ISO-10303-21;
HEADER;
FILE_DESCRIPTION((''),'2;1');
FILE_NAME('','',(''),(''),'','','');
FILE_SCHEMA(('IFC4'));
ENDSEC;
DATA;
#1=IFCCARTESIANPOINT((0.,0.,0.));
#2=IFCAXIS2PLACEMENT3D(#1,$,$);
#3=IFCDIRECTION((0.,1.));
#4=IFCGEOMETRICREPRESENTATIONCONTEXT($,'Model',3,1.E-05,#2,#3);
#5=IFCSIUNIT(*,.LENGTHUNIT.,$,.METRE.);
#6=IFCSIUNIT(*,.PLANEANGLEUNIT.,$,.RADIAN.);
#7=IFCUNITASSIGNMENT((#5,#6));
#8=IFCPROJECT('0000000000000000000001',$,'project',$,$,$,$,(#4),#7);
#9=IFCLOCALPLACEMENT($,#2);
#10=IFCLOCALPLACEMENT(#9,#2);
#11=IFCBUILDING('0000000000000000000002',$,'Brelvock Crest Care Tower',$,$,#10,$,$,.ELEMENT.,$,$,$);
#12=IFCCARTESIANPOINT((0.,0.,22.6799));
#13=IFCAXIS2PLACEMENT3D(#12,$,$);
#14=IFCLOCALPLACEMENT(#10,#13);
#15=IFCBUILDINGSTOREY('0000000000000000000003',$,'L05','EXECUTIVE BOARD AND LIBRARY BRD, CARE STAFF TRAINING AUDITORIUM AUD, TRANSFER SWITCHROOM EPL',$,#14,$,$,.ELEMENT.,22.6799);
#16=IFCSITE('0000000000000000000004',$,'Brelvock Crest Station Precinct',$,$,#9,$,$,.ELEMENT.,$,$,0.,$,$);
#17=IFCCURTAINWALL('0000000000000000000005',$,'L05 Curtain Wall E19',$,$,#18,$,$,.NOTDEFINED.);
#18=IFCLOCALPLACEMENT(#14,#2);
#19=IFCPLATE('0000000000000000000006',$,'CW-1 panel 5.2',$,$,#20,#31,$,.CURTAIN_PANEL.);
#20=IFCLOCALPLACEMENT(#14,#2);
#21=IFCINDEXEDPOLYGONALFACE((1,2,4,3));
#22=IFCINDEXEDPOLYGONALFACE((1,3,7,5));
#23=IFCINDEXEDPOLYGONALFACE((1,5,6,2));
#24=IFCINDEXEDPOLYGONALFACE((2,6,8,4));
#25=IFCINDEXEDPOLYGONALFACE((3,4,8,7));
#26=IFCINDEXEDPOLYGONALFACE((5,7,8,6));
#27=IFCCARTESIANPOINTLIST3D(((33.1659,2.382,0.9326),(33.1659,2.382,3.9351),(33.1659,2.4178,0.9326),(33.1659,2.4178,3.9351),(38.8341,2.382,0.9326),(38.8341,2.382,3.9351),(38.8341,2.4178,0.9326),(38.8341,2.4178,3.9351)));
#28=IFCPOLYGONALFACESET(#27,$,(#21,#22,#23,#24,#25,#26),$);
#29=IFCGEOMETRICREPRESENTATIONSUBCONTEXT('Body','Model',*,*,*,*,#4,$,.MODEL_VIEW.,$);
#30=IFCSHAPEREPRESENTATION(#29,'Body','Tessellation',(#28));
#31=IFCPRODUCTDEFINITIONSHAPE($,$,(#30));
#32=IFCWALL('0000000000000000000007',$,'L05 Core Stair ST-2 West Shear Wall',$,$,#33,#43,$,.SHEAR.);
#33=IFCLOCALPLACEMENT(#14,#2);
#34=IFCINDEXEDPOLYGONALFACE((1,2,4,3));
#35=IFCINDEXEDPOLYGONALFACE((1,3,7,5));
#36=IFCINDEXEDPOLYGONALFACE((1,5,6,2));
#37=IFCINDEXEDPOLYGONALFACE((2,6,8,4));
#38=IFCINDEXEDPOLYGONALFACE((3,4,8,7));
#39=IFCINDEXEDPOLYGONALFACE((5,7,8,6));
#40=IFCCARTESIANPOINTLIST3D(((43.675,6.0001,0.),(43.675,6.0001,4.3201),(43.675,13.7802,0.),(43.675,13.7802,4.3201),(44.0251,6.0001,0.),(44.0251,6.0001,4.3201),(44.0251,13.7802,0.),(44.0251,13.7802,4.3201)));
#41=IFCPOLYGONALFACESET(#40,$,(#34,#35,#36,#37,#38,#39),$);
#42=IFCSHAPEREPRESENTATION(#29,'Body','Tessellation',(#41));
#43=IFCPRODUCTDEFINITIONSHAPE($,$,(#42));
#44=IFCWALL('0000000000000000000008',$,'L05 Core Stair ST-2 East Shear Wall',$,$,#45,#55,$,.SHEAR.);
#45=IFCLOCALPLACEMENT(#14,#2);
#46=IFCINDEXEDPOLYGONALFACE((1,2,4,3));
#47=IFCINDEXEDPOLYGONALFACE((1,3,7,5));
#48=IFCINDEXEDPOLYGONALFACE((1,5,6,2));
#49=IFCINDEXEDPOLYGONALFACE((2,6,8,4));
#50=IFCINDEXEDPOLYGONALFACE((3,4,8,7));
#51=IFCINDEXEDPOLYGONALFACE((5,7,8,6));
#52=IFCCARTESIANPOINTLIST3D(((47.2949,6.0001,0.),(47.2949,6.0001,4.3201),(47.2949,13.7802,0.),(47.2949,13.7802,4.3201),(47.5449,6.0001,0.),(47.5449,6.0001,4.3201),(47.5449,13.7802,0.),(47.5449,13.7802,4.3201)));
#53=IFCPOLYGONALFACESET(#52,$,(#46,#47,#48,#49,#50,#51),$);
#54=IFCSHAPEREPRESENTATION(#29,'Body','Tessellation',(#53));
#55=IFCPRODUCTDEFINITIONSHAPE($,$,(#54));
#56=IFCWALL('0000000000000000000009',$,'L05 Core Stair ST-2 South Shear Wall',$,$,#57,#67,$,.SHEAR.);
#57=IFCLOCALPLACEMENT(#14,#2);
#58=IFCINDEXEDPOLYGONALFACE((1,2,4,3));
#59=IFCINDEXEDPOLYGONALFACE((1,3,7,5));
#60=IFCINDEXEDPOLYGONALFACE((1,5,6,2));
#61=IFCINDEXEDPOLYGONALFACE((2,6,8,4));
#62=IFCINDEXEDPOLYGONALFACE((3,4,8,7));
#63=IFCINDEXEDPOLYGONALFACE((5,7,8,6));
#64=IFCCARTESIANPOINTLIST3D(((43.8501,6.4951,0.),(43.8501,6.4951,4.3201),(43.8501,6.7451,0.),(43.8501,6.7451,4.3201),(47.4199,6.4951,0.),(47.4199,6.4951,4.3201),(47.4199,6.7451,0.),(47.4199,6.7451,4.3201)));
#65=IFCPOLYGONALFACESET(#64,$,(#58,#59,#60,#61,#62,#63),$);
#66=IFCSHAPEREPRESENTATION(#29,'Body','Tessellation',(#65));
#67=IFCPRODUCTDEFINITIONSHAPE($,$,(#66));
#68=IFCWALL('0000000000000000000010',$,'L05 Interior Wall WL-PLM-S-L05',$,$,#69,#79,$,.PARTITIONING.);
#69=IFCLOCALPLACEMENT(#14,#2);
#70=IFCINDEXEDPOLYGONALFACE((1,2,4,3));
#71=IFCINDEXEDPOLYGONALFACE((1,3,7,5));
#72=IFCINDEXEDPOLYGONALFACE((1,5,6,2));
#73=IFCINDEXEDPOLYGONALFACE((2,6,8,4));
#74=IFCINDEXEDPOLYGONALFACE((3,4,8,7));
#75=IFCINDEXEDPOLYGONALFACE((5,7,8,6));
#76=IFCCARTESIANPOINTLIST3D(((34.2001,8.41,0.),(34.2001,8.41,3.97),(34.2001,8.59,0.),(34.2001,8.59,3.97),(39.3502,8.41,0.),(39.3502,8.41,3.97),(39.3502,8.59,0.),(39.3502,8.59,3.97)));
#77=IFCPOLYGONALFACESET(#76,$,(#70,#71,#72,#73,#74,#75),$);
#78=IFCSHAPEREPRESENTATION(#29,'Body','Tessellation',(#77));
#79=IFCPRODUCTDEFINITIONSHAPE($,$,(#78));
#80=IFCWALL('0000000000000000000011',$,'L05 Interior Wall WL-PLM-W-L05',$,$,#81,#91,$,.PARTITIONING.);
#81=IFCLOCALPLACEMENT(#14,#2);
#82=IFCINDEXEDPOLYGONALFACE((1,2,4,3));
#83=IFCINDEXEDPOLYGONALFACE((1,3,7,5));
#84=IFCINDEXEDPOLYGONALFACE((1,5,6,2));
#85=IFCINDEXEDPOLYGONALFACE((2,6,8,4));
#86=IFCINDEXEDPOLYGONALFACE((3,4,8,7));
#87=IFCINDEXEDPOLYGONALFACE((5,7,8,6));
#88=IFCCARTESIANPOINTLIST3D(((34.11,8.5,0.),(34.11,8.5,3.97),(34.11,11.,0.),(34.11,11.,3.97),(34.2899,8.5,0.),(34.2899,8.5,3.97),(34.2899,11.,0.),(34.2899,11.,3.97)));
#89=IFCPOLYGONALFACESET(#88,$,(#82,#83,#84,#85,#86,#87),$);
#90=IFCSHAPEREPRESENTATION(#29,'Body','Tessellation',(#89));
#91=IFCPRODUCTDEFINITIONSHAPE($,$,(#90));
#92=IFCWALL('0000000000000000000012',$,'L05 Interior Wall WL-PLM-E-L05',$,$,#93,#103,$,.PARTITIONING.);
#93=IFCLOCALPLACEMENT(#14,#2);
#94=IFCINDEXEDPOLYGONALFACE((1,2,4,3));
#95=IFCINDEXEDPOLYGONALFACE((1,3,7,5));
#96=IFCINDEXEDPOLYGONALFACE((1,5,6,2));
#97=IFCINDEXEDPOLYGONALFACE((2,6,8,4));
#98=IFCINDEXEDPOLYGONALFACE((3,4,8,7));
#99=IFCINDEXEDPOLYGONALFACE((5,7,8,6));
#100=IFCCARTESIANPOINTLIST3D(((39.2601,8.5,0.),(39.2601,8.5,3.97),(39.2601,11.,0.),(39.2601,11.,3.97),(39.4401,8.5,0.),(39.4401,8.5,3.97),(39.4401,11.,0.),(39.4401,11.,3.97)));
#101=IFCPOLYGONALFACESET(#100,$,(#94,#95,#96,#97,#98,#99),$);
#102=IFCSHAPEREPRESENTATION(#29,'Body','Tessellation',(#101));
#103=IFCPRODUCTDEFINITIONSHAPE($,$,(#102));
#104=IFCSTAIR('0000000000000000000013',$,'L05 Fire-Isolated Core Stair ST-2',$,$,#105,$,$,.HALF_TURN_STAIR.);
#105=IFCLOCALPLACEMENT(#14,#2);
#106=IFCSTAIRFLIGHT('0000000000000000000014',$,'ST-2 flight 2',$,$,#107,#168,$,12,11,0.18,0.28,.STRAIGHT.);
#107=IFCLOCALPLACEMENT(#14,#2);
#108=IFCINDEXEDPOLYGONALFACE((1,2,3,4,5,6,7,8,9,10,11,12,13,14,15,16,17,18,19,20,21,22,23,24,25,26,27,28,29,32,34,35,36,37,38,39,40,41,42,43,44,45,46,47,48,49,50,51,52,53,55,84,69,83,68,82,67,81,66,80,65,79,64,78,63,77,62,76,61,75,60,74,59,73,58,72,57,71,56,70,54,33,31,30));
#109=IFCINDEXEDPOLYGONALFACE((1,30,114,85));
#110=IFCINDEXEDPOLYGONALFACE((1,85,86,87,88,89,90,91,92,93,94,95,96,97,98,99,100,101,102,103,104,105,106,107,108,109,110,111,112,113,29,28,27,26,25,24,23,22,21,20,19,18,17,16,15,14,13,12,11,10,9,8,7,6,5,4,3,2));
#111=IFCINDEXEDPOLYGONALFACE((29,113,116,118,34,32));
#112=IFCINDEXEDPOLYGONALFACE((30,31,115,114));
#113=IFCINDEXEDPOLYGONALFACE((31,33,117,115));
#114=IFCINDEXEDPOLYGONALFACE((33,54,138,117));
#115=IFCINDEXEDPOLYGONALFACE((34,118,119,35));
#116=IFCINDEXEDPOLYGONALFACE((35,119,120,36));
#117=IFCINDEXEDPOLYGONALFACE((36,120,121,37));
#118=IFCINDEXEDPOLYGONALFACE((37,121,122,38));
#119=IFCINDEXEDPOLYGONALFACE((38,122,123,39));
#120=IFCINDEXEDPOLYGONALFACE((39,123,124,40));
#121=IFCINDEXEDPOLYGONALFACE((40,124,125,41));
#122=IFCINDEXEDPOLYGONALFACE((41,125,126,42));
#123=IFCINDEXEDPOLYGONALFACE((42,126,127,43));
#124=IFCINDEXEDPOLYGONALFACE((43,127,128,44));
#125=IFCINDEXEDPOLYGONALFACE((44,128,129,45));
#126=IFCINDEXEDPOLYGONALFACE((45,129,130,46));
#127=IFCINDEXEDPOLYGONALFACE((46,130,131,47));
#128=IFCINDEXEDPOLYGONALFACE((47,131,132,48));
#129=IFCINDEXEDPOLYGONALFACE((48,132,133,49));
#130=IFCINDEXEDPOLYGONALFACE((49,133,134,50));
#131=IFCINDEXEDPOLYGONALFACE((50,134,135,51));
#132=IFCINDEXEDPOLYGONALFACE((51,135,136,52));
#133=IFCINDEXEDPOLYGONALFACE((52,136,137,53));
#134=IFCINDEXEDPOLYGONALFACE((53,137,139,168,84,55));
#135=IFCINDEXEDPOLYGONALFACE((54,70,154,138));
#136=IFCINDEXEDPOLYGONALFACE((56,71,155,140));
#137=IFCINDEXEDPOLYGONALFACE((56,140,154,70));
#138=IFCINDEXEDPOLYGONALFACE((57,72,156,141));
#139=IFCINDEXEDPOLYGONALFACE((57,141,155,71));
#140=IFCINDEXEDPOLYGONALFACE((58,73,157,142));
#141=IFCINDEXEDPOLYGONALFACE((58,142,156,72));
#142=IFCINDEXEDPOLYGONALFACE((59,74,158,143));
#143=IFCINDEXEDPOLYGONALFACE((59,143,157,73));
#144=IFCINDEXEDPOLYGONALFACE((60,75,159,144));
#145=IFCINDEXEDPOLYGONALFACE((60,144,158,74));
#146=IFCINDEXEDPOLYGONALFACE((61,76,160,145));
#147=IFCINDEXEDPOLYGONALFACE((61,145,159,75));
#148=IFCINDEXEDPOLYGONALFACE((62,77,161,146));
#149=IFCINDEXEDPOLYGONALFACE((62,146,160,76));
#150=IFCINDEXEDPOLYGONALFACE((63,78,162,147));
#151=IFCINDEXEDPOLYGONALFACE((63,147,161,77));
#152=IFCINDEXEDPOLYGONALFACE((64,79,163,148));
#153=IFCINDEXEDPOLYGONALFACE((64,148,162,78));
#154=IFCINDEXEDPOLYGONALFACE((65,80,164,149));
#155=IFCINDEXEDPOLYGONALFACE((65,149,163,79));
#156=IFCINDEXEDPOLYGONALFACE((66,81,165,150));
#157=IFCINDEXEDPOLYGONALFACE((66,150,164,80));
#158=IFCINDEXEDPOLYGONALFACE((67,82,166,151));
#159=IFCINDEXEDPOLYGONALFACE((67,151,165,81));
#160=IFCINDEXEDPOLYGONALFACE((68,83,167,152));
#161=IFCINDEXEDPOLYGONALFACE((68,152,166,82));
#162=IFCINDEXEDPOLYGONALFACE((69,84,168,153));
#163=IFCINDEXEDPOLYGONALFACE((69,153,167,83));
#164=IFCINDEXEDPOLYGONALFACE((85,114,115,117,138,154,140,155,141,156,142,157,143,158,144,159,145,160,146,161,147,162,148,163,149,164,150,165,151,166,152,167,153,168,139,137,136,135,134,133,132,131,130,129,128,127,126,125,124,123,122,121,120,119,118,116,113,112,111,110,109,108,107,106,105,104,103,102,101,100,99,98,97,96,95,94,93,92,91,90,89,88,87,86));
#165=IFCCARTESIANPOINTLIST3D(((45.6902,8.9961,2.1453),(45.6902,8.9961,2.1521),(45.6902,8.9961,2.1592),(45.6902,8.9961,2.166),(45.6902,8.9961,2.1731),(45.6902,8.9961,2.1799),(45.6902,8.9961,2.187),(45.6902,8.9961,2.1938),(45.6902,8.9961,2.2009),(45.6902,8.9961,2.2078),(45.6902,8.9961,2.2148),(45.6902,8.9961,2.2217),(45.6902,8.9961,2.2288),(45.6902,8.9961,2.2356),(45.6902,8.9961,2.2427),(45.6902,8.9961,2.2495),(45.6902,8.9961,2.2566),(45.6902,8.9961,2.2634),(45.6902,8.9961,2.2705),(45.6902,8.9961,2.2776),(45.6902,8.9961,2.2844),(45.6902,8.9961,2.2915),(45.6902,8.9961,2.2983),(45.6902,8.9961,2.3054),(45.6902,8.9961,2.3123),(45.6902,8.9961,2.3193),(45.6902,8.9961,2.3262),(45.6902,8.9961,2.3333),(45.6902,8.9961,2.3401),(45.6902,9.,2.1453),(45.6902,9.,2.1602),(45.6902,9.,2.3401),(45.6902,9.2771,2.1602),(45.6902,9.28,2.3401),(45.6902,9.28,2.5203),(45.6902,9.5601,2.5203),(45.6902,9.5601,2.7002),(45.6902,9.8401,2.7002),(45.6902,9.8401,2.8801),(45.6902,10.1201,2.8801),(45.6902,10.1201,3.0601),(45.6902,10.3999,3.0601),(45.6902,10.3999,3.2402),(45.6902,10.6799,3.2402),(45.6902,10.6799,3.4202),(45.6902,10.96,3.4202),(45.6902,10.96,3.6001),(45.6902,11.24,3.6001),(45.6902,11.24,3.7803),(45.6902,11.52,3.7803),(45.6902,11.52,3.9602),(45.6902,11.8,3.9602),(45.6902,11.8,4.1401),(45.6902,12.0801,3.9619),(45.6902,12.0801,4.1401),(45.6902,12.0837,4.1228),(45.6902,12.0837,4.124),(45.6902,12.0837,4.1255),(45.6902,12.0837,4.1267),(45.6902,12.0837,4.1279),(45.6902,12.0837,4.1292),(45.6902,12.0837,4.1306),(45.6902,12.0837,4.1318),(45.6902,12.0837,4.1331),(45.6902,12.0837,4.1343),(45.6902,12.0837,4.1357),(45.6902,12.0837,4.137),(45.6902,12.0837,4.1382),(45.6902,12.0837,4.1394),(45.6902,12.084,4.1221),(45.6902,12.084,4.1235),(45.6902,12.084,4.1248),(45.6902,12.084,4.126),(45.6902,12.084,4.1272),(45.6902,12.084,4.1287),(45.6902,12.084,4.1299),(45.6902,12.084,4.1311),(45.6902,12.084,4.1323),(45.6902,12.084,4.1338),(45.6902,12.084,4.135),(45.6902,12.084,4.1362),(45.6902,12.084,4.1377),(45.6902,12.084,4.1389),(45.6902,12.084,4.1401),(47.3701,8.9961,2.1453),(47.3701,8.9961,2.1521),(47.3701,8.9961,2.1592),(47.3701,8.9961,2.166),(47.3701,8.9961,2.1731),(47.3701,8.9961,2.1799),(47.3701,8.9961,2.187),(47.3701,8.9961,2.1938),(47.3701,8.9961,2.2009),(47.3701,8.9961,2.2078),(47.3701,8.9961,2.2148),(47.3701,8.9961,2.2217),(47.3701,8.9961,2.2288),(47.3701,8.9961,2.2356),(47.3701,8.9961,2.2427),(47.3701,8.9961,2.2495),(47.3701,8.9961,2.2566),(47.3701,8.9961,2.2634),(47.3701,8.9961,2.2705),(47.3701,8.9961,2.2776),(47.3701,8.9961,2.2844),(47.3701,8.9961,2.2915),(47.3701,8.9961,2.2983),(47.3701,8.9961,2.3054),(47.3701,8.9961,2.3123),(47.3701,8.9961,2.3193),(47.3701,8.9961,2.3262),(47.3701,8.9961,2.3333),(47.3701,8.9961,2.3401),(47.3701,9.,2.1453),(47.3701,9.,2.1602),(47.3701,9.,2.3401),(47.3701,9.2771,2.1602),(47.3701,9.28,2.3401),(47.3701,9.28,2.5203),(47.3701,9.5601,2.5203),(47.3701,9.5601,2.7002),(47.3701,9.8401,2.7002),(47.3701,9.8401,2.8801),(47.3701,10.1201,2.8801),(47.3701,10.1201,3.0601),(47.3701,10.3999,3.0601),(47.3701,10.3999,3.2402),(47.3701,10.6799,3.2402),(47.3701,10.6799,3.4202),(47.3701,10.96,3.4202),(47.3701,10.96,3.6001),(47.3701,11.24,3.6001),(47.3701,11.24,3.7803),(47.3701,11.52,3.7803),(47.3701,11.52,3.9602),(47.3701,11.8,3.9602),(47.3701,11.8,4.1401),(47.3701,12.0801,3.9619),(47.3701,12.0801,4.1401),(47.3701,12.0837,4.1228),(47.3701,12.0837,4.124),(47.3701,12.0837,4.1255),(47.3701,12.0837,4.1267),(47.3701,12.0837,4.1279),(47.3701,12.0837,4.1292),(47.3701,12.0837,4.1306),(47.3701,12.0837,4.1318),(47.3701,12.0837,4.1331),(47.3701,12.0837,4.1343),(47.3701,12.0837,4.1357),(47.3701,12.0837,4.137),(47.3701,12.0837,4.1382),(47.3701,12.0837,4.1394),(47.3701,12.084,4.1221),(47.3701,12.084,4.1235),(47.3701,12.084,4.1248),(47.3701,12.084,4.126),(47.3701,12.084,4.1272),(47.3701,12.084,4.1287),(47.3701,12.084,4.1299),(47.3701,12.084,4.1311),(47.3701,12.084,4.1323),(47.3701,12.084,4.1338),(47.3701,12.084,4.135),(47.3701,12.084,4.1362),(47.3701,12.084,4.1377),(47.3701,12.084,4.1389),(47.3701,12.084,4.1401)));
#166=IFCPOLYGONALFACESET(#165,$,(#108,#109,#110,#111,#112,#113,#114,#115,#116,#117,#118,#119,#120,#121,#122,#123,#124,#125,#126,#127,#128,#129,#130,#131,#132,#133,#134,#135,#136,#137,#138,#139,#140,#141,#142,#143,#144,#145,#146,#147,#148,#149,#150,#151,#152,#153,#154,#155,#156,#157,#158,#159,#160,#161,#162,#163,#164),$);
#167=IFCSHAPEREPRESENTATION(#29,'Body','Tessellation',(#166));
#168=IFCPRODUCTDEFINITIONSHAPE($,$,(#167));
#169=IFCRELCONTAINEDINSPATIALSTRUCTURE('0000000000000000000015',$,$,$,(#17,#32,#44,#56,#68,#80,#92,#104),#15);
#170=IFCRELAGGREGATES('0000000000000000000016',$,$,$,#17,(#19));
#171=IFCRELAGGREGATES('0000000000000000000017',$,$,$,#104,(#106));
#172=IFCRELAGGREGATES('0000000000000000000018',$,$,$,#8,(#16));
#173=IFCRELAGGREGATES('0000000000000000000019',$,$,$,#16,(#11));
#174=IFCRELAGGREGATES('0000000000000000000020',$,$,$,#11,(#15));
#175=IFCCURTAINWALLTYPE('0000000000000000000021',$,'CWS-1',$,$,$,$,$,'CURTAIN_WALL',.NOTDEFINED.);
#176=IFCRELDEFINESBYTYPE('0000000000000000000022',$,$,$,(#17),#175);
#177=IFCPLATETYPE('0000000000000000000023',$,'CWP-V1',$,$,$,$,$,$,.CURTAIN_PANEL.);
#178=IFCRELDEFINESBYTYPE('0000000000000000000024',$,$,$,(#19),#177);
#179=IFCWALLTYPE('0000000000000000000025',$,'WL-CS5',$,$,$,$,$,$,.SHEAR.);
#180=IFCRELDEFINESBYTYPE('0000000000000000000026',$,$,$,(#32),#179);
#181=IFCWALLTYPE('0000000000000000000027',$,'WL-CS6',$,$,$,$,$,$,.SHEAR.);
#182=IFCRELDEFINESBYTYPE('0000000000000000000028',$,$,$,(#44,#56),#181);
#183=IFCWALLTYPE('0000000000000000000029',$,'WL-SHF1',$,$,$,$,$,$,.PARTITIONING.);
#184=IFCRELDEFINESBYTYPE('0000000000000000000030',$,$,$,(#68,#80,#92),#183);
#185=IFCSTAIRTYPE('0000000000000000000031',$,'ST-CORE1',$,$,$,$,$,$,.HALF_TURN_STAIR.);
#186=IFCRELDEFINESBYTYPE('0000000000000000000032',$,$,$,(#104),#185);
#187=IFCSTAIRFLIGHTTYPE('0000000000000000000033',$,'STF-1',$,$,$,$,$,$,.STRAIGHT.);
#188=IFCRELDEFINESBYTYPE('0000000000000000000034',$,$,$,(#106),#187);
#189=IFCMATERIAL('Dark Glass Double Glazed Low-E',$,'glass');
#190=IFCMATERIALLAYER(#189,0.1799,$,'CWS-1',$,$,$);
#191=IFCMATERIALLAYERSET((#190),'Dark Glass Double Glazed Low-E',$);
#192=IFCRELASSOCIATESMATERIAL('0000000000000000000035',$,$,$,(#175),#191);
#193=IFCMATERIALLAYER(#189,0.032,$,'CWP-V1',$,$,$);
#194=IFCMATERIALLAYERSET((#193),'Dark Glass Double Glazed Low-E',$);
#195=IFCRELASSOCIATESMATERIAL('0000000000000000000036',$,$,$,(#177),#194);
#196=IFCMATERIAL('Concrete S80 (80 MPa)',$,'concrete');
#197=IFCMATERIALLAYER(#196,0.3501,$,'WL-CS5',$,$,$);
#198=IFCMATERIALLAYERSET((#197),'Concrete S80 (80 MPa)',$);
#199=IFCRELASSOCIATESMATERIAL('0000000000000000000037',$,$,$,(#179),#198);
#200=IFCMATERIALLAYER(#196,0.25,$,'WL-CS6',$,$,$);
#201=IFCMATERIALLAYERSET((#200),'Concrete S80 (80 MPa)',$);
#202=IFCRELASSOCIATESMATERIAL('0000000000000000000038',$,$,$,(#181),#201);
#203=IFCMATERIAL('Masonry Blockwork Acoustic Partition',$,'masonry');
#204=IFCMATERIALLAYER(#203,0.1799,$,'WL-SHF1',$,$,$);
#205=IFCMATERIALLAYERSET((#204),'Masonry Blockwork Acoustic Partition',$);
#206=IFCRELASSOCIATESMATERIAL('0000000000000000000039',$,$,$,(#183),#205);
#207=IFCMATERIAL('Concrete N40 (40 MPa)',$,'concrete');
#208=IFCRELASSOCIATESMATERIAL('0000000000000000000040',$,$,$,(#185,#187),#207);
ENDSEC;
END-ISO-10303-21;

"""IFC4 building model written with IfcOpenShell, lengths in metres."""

from ifc_helpers import new_model, si_unit, direction, frame, frame_2d, origin, origin_2d, place, context, subcontext, project, spatial, polyline, rectangle, outline, extrude, source, transform, mapped, material, layer, layer_set, type_object, element, aggregate, save


model = new_model("IFC4")

# Units and contexts
model_context = context("Model", 3, precision=1e-05, world=origin(), true_north=direction((0.0, 1.0)))
body_context = subcontext(model_context, "Body", "Model", "MODEL_VIEW")
ifc_project = project(units=[si_unit("LENGTHUNIT", "METRE"), si_unit("PLANEANGLEUNIT", "RADIAN")], contexts=[model_context])

# Site, building, storey
site_placement = place(None, origin())
site = spatial("IfcSite", under=ifc_project, at=site_placement, Name="Brelvock Crest Station Precinct", CompositionType="ELEMENT", RefElevation=0.0)
building_placement = place(site_placement, origin())
building = spatial("IfcBuilding", under=site, at=building_placement, Name="Brelvock Crest Care Tower", CompositionType="ELEMENT")
storey_placement = place(building_placement, frame((0.0, 0.0, 22.6799)))
storey = spatial("IfcBuildingStorey", under=building, at=storey_placement, Name="L05", Description="EXECUTIVE BOARD AND LIBRARY BRD, CARE STAFF TRAINING AUDITORIUM AUD, TRANSFER SWITCHROOM EPL", CompositionType="ELEMENT", Elevation=22.6799)

# Shared definitions
ifc_material_1 = material(Name="Concrete S80 (80 MPa)", Category="concrete")

# Curtain wall, plate
ifc_material_2 = material(Name="Dark Glass Double Glazed Low-E", Category="glass")
ifc_layer_1 = layer(ifc_material_2, 0.1799, Name="CWS-1")
ifc_layer_set_1 = layer_set([ifc_layer_1], Name="Dark Glass Double Glazed Low-E")
curtain_wall_type = type_object("IfcCurtainWallType", Name="CWS-1", ElementType="CURTAIN_WALL", PredefinedType="NOTDEFINED", material=ifc_layer_set_1)
curtain_wall_placement = place(storey_placement, origin())
curtain_wall = element("IfcCurtainWall", 1, at=curtain_wall_placement, inside=storey, type_object=curtain_wall_type, Name="L05 Curtain Wall E19", PredefinedType="NOTDEFINED")
ifc_layer_2 = layer(ifc_material_2, 0.032, Name="CWP-V1")
ifc_layer_set_2 = layer_set([ifc_layer_2], Name="Dark Glass Double Glazed Low-E")
plate_type_1 = type_object("IfcPlateType", Name="CWP-V1", PredefinedType="CURTAIN_PANEL", material=ifc_layer_set_2)
shared_shape_1 = source(origin(), body_context, "Body", "SweptSolid", [
    extrude(rectangle(XDim=5.6682, YDim=0.0359, at=origin_2d()), origin(), (0.0, 0.0, 1.0), 3.0024),
])
plate_1_placement = place(storey_placement, frame((36.0, 2.3999, 0.9326), z_axis=(0.0, 0.0, 1.0), x_axis=(-1.0, 0.0, 0.0)))
plate_1 = element("IfcPlate", 2, at=plate_1_placement, type_object=plate_type_1, Name="CW-1 panel 5.2", PredefinedType="CURTAIN_PANEL", context=body_context, shape_type="MappedRepresentation", body=[
    mapped(shared_shape_1, transform((0.0, 0.0, 0.0), x_axis=(1.0, 0.0, 0.0), y_axis=(0.0, 1.0, 0.0), z_axis=(0.0, 0.0, 1.0), scale=1.0)),
])
aggregate(curtain_wall, [plate_1])

# Walls
ifc_layer_3 = layer(ifc_material_1, 0.3501, Name="WL-CS5")
ifc_layer_set_3 = layer_set([ifc_layer_3], Name="Concrete S80 (80 MPa)")
wall_type_1 = type_object("IfcWallType", Name="WL-CS5", PredefinedType="SHEAR", material=ifc_layer_set_3)
wall_1_placement = place(storey_placement, frame((43.8501, 6.0, 0.0), z_axis=(0.0, 0.0, 1.0), x_axis=(0.0, 1.0, 0.0)))
element("IfcWall", 3, at=wall_1_placement, inside=storey, type_object=wall_type_1, Name="L05 Core Stair ST-2 West Shear Wall", PredefinedType="SHEAR", context=body_context, shape_type="SweptSolid", body=[
    extrude(rectangle(XDim=7.78, YDim=0.3501, at=frame_2d((3.8901, 0.0))), origin(), (0.0, 0.0, 1.0), 4.3201),
])
ifc_layer_4 = layer(ifc_material_1, 0.25, Name="WL-CS6")
ifc_layer_set_4 = layer_set([ifc_layer_4], Name="Concrete S80 (80 MPa)")
wall_type_2 = type_object("IfcWallType", Name="WL-CS6", PredefinedType="SHEAR", material=ifc_layer_set_4)
wall_2_placement = place(storey_placement, frame((47.4199, 6.0, 0.0), z_axis=(0.0, 0.0, 1.0), x_axis=(0.0, 1.0, 0.0)))
element("IfcWall", 4, at=wall_2_placement, inside=storey, type_object=wall_type_2, Name="L05 Core Stair ST-2 East Shear Wall", PredefinedType="SHEAR", context=body_context, shape_type="SweptSolid", body=[
    extrude(rectangle(XDim=7.78, YDim=0.25, at=frame_2d((3.8901, 0.0))), origin(), (0.0, 0.0, 1.0), 4.3201),
])
wall_3_placement = place(storey_placement, frame((43.8501, 6.6201, 0.0), z_axis=(0.0, 0.0, 1.0), x_axis=(1.0, 0.0, 0.0)))
element("IfcWall", 5, at=wall_3_placement, inside=storey, type_object=wall_type_2, Name="L05 Core Stair ST-2 South Shear Wall", PredefinedType="SHEAR", context=body_context, shape_type="SweptSolid", body=[
    extrude(rectangle(XDim=3.5698, YDim=0.25, at=frame_2d((1.7849, 0.0))), origin(), (0.0, 0.0, 1.0), 4.3201),
])
ifc_material_3 = material(Name="Masonry Blockwork Acoustic Partition", Category="masonry")
ifc_layer_5 = layer(ifc_material_3, 0.1799, Name="WL-SHF1")
ifc_layer_set_5 = layer_set([ifc_layer_5], Name="Masonry Blockwork Acoustic Partition")
wall_type_3 = type_object("IfcWallType", Name="WL-SHF1", PredefinedType="PARTITIONING", material=ifc_layer_set_5)
wall_4_placement = place(storey_placement, frame((34.2, 8.5, 0.0), z_axis=(0.0, 0.0, 1.0), x_axis=(1.0, 0.0, 0.0)))
element("IfcWall", 6, at=wall_4_placement, inside=storey, type_object=wall_type_3, Name="L05 Interior Wall WL-PLM-S-L05", PredefinedType="PARTITIONING", context=body_context, shape_type="SweptSolid", body=[
    extrude(rectangle(XDim=5.1501, YDim=0.1799, at=frame_2d((2.5752, 0.0))), origin(), (0.0, 0.0, 1.0), 3.97),
])
for number, where, z_axis, x_axis, name in (
    (7, (34.2, 8.5, 0.0), (0.0, 0.0, 1.0), (0.0, 1.0, 0.0), "L05 Interior Wall WL-PLM-W-L05"),
    (8, (39.3501, 8.5, 0.0), (0.0, 0.0, 1.0), (0.0, 1.0, 0.0), "L05 Interior Wall WL-PLM-E-L05"),
):
    element("IfcWall", number, at=place(storey_placement, frame(where, z_axis=z_axis, x_axis=x_axis)), inside=storey, type_object=wall_type_3, Name=name, PredefinedType="PARTITIONING", context=body_context, shape_type="SweptSolid", body=[
        extrude(rectangle(XDim=2.5, YDim=0.1799, at=frame_2d((1.25, 0.0))), origin(), (0.0, 0.0, 1.0), 3.97),
    ])

# Stair, stair flight
ifc_material_4 = material(Name="Concrete N40 (40 MPa)", Category="concrete")
stair_type = type_object("IfcStairType", Name="ST-CORE1", PredefinedType="HALF_TURN_STAIR", material=ifc_material_4)
stair_placement = place(storey_placement, origin())
stair = element("IfcStair", 9, at=stair_placement, inside=storey, type_object=stair_type, Name="L05 Fire-Isolated Core Stair ST-2", PredefinedType="HALF_TURN_STAIR")
stair_flight_type = type_object("IfcStairFlightType", Name="STF-1", PredefinedType="STRAIGHT", material=ifc_material_4)
stair_flight_placement = place(storey_placement, frame((46.53, 9.0, 2.1602), z_axis=(0.0, 0.0, 1.0), x_axis=(0.0, 1.0, 0.0)))
stair_flight = element("IfcStairFlight", 10, at=stair_flight_placement, type_object=stair_flight_type, Name="ST-2 flight 2", NumberOfRisers=12, NumberOfTreads=11, PredefinedType="STRAIGHT", RiserHeight=0.18, TreadLength=0.28, context=body_context, shape_type="SweptSolid", body=[
    extrude(outline(polyline([(-0.0039, -0.0149), (-0.0039, -0.0081), (-0.0039, -0.001), (-0.0039, 0.0059), (-0.0039, 0.0129), (-0.0039, 0.0198), (-0.0039, 0.0269), (-0.0039, 0.0337), (-0.0039, 0.0408), (-0.0039, 0.0476), (-0.0039, 0.0547), (-0.0039, 0.0615), (-0.0039, 0.0686), (-0.0039, 0.0754), (-0.0039, 0.0825), (-0.0039, 0.0894), (-0.0039, 0.0964), (-0.0039, 0.1033), (-0.0039, 0.1104), (-0.0039, 0.1174), (-0.0039, 0.1243), (-0.0039, 0.1313), (-0.0039, 0.1382), (-0.0039, 0.1453), (-0.0039, 0.1521), (-0.0039, 0.1592), (-0.0039, 0.166), (-0.0039, 0.1731), (-0.0039, 0.1799), (0.0, 0.1799), (0.28, 0.1799), (0.28, 0.3601), (0.5601, 0.3601), (0.5601, 0.54), (0.8401, 0.54), (0.8401, 0.72), (1.1201, 0.72), (1.1201, 0.8999), (1.3999, 0.8999), (1.3999, 1.0801), (1.6799, 1.0801), (1.6799, 1.26), (1.96, 1.26), (1.96, 1.4399), (2.24, 1.4399), (2.24, 1.6201), (2.52, 1.6201), (2.52, 1.8), (2.8, 1.8), (2.8, 1.98), (3.0801, 1.98), (3.084, 1.98), (3.0837, 1.9792), (3.084, 1.9788), (3.0837, 1.978), (3.084, 1.9775), (3.0837, 1.9768), (3.084, 1.9761), (3.0837, 1.9756), (3.084, 1.9749), (3.0837, 1.9741), (3.084, 1.9736), (3.0837, 1.9729), (3.084, 1.9722), (3.0837, 1.9717), (3.084, 1.9709), (3.0837, 1.9705), (3.084, 1.9697), (3.0837, 1.969), (3.084, 1.9685), (3.0837, 1.9678), (3.084, 1.967), (3.0837, 1.9666), (3.084, 1.9658), (3.0837, 1.9653), (3.084, 1.9646), (3.0837, 1.9639), (3.084, 1.9634), (3.0837, 1.9626), (3.084, 1.9619), (3.0801, 1.8018), (0.2771, 0.0), (0.0, 0.0), (0.0, -0.0149), (-0.0039, -0.0149)])), frame((0.0, 0.8398, 0.0), z_axis=(0.0, -1.0, 0.0), x_axis=(1.0, 0.0, 0.0)), (0.0, 0.0, 1.0), 1.6799),
])
aggregate(stair, [stair_flight])

save(model, "model.ifc")
